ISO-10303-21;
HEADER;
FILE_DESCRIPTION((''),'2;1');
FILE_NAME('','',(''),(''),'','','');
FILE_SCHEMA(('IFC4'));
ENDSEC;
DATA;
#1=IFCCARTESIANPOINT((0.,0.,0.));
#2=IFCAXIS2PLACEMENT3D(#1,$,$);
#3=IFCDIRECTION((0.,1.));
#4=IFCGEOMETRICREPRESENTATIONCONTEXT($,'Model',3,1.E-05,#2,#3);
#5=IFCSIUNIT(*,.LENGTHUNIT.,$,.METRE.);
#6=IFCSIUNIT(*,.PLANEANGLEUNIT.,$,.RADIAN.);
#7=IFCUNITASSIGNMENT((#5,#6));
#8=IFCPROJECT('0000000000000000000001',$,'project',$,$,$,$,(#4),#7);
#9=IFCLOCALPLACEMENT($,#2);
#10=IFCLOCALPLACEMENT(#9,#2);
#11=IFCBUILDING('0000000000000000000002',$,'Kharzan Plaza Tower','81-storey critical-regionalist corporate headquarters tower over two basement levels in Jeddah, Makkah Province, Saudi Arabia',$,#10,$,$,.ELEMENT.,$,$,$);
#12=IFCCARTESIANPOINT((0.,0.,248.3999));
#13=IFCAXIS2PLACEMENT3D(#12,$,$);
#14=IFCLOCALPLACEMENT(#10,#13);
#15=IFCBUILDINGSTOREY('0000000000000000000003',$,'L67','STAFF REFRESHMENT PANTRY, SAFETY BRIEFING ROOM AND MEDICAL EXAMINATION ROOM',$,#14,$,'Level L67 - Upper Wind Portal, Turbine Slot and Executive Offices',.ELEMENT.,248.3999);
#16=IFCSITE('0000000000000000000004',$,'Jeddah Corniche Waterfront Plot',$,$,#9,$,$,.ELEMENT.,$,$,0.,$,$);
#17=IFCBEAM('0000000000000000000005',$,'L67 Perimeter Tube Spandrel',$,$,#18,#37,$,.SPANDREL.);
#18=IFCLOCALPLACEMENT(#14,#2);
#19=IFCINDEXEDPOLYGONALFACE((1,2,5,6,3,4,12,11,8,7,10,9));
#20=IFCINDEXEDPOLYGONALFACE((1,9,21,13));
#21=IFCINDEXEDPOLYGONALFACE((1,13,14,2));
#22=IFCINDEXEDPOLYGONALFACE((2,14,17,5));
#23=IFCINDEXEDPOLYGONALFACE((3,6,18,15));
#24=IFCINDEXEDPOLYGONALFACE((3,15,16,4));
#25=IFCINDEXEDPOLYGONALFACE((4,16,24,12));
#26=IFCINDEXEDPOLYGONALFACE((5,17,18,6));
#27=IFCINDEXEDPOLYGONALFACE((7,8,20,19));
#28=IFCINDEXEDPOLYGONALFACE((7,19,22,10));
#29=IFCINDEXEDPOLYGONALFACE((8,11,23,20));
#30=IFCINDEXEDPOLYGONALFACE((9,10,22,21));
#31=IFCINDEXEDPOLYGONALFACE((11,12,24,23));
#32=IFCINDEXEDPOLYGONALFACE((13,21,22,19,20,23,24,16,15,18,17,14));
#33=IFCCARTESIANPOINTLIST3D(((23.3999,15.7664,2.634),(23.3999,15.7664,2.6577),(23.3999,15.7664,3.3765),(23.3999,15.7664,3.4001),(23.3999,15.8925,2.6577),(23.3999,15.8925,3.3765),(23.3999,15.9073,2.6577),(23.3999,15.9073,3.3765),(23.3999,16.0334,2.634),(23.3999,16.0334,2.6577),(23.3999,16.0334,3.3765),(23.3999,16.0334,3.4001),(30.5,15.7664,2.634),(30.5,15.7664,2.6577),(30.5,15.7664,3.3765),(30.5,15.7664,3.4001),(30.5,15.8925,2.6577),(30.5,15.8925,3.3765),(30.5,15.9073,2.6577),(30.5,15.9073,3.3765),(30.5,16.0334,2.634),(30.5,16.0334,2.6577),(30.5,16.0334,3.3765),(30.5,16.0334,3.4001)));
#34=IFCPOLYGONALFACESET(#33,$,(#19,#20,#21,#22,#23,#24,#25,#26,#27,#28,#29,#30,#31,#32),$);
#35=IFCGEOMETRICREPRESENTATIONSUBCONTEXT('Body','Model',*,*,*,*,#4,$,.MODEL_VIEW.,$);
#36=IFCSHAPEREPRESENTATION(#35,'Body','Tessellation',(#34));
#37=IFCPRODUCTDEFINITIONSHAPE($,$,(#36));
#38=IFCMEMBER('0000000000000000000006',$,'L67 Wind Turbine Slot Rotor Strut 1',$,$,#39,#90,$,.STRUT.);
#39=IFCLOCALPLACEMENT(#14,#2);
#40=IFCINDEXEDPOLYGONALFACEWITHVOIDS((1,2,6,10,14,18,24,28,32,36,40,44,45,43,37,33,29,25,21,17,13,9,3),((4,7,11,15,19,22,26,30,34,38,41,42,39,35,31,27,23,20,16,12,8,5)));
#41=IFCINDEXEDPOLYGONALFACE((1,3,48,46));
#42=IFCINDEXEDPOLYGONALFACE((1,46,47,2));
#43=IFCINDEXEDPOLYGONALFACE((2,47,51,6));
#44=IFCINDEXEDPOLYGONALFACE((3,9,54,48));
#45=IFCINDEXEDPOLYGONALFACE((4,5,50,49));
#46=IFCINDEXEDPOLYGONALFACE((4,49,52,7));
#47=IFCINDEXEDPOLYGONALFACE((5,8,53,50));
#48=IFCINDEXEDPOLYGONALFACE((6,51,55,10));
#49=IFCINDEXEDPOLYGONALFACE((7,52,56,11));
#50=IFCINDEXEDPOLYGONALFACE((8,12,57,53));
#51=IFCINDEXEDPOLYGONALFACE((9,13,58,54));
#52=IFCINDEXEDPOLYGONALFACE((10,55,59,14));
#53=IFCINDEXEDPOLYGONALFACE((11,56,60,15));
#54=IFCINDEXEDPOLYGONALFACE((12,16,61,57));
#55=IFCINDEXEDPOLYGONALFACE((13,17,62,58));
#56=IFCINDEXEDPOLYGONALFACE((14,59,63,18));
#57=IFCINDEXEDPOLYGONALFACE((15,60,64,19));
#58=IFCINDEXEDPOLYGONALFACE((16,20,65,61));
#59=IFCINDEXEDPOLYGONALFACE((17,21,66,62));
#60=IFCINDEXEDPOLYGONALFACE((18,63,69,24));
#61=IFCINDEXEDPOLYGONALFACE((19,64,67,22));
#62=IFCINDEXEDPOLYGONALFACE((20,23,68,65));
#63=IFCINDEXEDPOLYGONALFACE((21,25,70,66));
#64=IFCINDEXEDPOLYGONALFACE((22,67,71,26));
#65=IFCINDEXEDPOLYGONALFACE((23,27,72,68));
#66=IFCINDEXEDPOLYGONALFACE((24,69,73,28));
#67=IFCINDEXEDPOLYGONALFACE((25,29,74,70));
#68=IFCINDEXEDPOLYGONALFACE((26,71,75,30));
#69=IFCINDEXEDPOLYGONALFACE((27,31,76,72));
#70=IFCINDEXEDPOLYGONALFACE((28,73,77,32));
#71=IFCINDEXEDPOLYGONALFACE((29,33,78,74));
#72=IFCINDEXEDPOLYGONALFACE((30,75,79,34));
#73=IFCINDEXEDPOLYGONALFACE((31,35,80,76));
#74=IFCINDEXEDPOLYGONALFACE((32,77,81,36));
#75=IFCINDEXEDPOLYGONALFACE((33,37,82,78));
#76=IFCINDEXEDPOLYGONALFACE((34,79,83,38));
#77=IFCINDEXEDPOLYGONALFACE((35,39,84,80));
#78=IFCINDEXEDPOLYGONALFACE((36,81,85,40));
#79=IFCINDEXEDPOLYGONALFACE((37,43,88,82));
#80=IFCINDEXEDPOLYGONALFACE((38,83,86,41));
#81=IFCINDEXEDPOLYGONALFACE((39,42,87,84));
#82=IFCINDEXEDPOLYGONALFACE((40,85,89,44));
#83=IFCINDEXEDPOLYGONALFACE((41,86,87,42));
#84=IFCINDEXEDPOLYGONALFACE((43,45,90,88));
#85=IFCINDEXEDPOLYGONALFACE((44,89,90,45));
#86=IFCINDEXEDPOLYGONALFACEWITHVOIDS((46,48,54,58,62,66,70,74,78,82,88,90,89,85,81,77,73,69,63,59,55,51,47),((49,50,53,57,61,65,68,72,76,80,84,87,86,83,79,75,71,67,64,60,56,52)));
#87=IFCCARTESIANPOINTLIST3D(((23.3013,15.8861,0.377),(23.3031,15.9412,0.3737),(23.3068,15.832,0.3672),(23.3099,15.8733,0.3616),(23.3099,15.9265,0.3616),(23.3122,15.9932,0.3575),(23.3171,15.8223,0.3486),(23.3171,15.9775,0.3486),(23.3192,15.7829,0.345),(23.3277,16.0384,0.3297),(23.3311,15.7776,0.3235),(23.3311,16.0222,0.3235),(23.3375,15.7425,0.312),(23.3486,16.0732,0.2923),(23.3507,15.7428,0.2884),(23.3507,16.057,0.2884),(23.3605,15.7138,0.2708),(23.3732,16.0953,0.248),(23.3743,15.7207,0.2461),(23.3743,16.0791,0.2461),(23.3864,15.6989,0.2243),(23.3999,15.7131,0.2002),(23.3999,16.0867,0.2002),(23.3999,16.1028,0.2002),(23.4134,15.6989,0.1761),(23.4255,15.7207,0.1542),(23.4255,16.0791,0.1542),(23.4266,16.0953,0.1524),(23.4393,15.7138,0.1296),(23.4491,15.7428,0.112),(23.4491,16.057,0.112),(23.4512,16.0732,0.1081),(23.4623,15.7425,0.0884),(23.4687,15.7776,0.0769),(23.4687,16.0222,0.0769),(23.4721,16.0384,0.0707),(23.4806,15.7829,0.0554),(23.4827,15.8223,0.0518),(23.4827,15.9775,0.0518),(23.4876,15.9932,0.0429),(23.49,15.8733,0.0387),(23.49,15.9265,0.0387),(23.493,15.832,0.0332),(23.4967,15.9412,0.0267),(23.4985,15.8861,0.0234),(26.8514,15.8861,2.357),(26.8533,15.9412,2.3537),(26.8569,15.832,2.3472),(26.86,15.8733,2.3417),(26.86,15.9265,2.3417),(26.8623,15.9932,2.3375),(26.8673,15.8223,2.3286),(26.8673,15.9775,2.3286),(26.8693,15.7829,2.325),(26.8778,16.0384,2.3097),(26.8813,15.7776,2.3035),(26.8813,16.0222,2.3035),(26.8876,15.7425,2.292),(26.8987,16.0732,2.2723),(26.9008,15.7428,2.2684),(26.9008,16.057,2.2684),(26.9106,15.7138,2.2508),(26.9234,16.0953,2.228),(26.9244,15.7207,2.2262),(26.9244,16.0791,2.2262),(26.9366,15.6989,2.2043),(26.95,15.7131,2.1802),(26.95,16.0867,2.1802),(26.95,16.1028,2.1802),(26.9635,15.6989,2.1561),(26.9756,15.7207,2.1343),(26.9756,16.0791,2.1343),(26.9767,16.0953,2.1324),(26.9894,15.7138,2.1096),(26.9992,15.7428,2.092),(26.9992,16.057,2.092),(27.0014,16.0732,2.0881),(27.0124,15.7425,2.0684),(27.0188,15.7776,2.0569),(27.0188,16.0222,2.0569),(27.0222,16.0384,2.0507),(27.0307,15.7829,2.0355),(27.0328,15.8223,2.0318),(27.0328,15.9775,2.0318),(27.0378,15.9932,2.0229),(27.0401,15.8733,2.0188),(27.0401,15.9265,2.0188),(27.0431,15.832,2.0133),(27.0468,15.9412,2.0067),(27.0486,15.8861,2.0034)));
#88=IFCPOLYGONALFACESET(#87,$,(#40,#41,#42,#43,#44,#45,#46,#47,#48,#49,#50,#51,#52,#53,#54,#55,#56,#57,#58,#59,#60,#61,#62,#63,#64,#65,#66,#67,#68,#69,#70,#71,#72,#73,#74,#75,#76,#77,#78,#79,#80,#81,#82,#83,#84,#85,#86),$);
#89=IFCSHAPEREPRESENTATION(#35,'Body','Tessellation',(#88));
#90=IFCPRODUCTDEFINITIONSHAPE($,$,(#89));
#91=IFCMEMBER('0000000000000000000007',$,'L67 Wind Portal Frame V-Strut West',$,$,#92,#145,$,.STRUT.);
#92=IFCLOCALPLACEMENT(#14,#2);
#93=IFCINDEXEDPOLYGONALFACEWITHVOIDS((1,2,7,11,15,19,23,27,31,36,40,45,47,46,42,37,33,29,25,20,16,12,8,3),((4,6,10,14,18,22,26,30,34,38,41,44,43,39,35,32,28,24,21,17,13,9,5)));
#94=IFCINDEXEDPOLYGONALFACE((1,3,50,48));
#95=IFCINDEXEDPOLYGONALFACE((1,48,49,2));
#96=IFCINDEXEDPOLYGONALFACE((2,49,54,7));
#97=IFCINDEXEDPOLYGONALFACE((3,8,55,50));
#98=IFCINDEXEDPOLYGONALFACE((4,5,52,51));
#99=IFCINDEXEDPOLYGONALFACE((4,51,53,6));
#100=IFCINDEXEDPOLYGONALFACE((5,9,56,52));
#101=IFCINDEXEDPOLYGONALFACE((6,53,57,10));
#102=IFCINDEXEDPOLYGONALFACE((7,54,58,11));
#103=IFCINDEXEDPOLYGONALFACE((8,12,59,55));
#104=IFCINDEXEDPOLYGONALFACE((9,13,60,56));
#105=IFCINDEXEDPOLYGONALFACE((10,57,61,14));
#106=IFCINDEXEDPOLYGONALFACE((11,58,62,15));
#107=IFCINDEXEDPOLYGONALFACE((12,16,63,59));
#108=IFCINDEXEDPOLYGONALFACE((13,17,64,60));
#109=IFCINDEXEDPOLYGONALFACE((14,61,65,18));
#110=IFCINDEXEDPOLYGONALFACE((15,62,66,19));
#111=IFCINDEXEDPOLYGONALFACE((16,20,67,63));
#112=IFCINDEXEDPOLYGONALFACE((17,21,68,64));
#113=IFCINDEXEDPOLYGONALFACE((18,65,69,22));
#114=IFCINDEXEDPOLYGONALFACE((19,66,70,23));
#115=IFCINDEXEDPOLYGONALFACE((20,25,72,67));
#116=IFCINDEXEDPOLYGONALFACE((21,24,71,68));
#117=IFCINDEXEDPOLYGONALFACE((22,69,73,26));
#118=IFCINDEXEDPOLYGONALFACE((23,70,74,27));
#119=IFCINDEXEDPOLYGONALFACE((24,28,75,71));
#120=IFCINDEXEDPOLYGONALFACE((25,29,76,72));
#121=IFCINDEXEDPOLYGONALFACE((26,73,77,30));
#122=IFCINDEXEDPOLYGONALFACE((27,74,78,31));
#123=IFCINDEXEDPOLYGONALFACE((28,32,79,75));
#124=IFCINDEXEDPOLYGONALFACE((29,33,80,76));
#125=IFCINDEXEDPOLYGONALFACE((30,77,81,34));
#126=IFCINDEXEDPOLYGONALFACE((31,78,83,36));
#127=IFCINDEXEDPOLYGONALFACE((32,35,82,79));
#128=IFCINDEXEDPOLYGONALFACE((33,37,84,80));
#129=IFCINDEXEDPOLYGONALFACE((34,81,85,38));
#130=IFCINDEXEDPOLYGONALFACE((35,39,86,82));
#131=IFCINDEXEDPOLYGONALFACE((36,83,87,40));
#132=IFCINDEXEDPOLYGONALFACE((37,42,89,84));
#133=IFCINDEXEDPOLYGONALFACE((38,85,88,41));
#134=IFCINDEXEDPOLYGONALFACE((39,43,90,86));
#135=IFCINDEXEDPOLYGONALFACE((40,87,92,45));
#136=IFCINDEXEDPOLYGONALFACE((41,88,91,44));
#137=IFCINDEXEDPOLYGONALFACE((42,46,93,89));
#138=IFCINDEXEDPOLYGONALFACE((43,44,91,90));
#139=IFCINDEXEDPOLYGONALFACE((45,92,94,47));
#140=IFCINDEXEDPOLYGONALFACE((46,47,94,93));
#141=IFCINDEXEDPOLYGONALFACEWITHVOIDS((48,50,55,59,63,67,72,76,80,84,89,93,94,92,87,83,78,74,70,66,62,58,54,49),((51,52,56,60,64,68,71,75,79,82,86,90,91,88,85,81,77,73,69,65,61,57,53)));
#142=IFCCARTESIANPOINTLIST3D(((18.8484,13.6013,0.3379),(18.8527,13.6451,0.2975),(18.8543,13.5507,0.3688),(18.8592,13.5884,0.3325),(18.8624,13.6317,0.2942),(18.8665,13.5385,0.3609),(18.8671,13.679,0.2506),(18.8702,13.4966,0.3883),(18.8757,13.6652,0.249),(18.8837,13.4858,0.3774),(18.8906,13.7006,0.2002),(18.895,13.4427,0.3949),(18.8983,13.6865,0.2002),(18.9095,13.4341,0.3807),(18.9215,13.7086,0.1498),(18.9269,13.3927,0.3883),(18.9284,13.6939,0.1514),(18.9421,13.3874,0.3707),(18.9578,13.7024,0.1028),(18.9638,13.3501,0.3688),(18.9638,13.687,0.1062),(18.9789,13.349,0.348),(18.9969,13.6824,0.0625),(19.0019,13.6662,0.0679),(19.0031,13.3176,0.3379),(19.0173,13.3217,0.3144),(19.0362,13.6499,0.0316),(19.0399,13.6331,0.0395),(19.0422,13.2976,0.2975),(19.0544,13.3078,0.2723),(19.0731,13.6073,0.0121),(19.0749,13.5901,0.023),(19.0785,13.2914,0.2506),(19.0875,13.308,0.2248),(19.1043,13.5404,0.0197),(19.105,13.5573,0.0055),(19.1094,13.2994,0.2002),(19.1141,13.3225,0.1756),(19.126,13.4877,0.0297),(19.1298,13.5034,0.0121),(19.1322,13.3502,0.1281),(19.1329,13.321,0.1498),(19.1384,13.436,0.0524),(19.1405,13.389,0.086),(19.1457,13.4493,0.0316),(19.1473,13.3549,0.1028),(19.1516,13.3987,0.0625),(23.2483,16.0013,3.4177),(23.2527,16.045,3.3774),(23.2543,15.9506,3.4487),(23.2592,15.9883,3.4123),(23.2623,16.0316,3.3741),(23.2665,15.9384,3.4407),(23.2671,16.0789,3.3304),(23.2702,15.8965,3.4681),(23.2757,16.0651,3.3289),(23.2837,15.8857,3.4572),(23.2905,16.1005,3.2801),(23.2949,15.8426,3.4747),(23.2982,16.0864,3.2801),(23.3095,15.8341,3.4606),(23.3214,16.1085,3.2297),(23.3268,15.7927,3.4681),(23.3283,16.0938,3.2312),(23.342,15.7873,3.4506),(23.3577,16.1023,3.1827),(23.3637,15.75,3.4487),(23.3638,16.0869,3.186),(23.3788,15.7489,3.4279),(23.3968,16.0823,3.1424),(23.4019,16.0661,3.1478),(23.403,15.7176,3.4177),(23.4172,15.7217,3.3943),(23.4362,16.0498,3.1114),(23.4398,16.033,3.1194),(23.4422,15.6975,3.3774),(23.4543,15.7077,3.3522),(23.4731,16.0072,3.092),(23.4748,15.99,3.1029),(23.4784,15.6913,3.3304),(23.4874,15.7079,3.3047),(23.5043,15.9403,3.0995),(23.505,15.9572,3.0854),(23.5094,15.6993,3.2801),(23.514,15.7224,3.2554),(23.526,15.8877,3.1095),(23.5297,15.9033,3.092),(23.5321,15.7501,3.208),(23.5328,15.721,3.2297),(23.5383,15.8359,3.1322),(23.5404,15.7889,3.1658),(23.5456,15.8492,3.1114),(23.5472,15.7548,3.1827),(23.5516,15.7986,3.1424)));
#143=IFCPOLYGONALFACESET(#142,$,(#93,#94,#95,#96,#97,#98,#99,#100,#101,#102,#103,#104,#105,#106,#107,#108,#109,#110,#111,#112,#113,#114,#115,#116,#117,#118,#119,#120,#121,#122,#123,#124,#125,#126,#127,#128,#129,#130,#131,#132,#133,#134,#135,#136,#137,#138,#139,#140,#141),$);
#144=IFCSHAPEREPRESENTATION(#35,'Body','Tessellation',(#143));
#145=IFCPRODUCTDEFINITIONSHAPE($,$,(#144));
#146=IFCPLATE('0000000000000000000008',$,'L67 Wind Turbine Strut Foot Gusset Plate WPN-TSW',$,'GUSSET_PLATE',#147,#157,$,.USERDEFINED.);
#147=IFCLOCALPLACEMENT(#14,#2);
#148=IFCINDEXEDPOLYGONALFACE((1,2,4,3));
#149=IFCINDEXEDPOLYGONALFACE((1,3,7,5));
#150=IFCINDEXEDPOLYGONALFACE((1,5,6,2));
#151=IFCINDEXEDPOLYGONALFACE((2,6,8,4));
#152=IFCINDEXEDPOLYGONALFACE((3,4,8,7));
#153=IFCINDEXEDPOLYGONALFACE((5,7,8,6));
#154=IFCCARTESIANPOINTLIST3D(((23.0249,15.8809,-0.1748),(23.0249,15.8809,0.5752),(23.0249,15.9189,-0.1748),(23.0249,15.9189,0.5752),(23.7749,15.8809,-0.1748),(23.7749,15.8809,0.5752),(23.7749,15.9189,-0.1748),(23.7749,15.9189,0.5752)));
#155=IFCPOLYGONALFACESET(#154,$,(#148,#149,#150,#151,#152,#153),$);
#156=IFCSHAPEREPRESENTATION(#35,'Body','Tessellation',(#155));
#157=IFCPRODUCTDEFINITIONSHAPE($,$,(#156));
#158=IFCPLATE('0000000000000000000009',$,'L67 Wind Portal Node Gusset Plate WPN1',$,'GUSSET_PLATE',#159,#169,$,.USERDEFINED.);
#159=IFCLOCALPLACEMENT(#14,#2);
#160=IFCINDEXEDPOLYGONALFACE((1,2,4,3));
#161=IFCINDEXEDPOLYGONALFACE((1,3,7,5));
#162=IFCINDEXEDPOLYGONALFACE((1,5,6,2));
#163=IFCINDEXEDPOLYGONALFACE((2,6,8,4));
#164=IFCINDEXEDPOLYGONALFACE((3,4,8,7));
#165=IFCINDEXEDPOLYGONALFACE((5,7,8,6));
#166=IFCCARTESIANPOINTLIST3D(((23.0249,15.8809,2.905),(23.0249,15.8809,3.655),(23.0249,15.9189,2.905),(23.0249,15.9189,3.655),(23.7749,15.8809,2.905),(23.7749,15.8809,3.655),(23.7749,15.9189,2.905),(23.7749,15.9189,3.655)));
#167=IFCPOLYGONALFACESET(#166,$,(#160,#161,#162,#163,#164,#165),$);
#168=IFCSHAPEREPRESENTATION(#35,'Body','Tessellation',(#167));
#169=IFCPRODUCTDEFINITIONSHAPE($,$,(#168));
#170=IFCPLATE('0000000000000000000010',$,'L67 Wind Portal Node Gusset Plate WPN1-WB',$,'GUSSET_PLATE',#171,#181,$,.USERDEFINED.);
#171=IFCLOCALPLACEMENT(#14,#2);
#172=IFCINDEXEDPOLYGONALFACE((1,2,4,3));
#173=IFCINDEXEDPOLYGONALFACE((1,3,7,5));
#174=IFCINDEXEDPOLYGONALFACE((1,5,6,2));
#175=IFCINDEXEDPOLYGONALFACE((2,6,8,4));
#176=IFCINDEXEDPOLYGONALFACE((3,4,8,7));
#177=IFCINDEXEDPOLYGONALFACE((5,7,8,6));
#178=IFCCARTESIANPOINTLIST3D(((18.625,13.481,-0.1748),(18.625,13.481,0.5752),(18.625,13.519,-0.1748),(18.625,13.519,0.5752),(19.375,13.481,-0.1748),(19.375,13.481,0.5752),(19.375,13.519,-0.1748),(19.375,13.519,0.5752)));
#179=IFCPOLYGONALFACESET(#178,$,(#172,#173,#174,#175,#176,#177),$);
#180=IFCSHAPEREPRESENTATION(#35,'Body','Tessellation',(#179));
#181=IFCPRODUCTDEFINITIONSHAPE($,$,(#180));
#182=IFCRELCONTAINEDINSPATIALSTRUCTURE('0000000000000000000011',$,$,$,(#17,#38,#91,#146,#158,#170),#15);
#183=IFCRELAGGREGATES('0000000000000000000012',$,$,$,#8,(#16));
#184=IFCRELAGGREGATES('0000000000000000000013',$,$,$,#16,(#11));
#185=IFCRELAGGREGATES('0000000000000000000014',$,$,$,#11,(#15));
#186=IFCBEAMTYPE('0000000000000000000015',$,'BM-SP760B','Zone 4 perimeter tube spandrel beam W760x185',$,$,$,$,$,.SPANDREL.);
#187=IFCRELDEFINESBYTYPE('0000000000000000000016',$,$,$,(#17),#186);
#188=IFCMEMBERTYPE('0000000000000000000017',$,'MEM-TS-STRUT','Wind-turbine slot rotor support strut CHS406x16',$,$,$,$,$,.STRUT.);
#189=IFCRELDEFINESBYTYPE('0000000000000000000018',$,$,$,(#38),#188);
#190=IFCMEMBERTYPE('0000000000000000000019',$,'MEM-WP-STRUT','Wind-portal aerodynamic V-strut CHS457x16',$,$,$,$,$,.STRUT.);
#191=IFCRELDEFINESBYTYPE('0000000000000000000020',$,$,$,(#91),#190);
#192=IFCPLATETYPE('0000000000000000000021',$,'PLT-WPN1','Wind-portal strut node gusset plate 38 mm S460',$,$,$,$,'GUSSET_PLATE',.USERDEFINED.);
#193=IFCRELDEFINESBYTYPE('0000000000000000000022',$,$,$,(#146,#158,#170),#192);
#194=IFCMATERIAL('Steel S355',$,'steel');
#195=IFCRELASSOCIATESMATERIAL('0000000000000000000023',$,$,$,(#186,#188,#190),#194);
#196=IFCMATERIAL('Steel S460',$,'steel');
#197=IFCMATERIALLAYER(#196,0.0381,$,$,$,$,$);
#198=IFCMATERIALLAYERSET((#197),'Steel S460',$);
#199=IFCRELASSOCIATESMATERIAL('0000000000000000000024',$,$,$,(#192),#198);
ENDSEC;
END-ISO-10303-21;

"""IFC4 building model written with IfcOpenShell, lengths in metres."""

from ifc_helpers import new_model, si_unit, direction, frame, origin, origin_2d, place, context, subcontext, project, spatial, rectangle, hollow_circle, i_section, extrude, source, transform, mapped, material, layer, layer_set, material_profile, profile_set, type_object, element, save


model = new_model("IFC4")

# Units and contexts
model_context = context("Model", 3, precision=1e-05, world=origin(), true_north=direction((0.0, 1.0)))
body_context = subcontext(model_context, "Body", "Model", "MODEL_VIEW")
ifc_project = project(units=[si_unit("LENGTHUNIT", "METRE"), si_unit("PLANEANGLEUNIT", "RADIAN")], contexts=[model_context])

# Site, building, storey
site_placement = place(None, origin())
site = spatial("IfcSite", under=ifc_project, at=site_placement, Name="Jeddah Corniche Waterfront Plot", CompositionType="ELEMENT", RefElevation=0.0)
building_placement = place(site_placement, origin())
building = spatial("IfcBuilding", under=site, at=building_placement, Name="Kharzan Plaza Tower", Description="81-storey critical-regionalist corporate headquarters tower over two basement levels in Jeddah, Makkah Province, Saudi Arabia", CompositionType="ELEMENT")
storey_placement = place(building_placement, frame((0.0, 0.0, 248.3999)))
storey = spatial("IfcBuildingStorey", under=building, at=storey_placement, Name="L67", Description="STAFF REFRESHMENT PANTRY, SAFETY BRIEFING ROOM AND MEDICAL EXAMINATION ROOM", LongName="Level L67 - Upper Wind Portal, Turbine Slot and Executive Offices", CompositionType="ELEMENT", Elevation=248.3999)

# Shared definitions
ifc_material_1 = material(Name="Steel S355", Category="steel")

# Beam
ifc_material_profile_1 = material_profile(ifc_material_1, i_section(OverallWidth=0.2671, OverallDepth=0.7661, WebThickness=0.0149, FlangeThickness=0.0237, at=origin_2d()), Name="W760x185")
ifc_profile_set_1 = profile_set([ifc_material_profile_1], Name="Steel S355")
beam_type_1 = type_object("IfcBeamType", Name="BM-SP760B", Description="Zone 4 perimeter tube spandrel beam W760x185", PredefinedType="SPANDREL", material=ifc_profile_set_1)
shared_shape_1 = source(origin(), body_context, "Body", "SweptSolid", [
    extrude(i_section(OverallWidth=0.2671, OverallDepth=0.7661, WebThickness=0.0149, FlangeThickness=0.0237, at=origin_2d()), origin(), (0.0, 0.0, 1.0), 7.1001),
])
beam_1_placement = place(storey_placement, frame((23.3999, 15.8999, 3.0171), z_axis=(1.0, 0.0, 0.0), x_axis=(0.0, 1.0, 0.0)))
element("IfcBeam", 1, at=beam_1_placement, inside=storey, type_object=beam_type_1, Name="L67 Perimeter Tube Spandrel", PredefinedType="SPANDREL", context=body_context, shape_type="MappedRepresentation", body=[
    mapped(shared_shape_1, transform((0.0, 0.0, 0.0), x_axis=(1.0, 0.0, 0.0), y_axis=(0.0, 1.0, 0.0), z_axis=(0.0, 0.0, 1.0))),
])

# Members
ifc_material_profile_2 = material_profile(ifc_material_1, hollow_circle(Radius=0.2029, WallThickness=0.0161, at=origin_2d()), Name="CHS406x16")
ifc_profile_set_2 = profile_set([ifc_material_profile_2], Name="Steel S355")
member_type_1 = type_object("IfcMemberType", Name="MEM-TS-STRUT", Description="Wind-turbine slot rotor support strut CHS406x16", PredefinedType="STRUT", material=ifc_profile_set_2)
shared_shape_2 = source(origin(), body_context, "Body", "SweptSolid", [
    extrude(hollow_circle(Radius=0.2029, WallThickness=0.0161, at=origin_2d()), origin(), (0.0, 0.0, 1.0), 4.0649),
])
member_1_placement = place(storey_placement, frame((23.3999, 15.8999, 0.2002), z_axis=(0.873349, 0.0, 0.487096), x_axis=(0.0, 1.0, 0.0)))
element("IfcMember", 2, at=member_1_placement, inside=storey, type_object=member_type_1, Name="L67 Wind Turbine Slot Rotor Strut 1", PredefinedType="STRUT", context=body_context, shape_type="MappedRepresentation", body=[
    mapped(shared_shape_2, transform((0.0, 0.0, 0.0), x_axis=(1.0, 0.0, 0.0), y_axis=(0.0, 1.0, 0.0), z_axis=(0.0, 0.0, 1.0))),
])
ifc_material_profile_3 = material_profile(ifc_material_1, hollow_circle(Radius=0.2285, WallThickness=0.0161, at=origin_2d()), Name="CHS457x16")
ifc_profile_set_3 = profile_set([ifc_material_profile_3], Name="Steel S355")
member_type_2 = type_object("IfcMemberType", Name="MEM-WP-STRUT", Description="Wind-portal aerodynamic V-strut CHS457x16", PredefinedType="STRUT", material=ifc_profile_set_3)
shared_shape_3 = source(origin(), body_context, "Body", "SweptSolid", [
    extrude(hollow_circle(Radius=0.2285, WallThickness=0.0161, at=origin_2d()), origin(), (0.0, 0.0, 1.0), 5.8826),
])
member_2_placement = place(storey_placement, frame((19.0, 13.5, 0.2002), z_axis=(0.747962, 0.407972, 0.523557), x_axis=(-0.478845, 0.877899, 0.0)))
element("IfcMember", 3, at=member_2_placement, inside=storey, type_object=member_type_2, Name="L67 Wind Portal Frame V-Strut West", PredefinedType="STRUT", context=body_context, shape_type="MappedRepresentation", body=[
    mapped(shared_shape_3, transform((0.0, 0.0, 0.0), x_axis=(1.0, 0.0, 0.0), y_axis=(0.0, 1.0, 0.0), z_axis=(0.0, 0.0, 1.0))),
])

# Plates
ifc_material_2 = material(Name="Steel S460", Category="steel")
ifc_layer_1 = layer(ifc_material_2, 0.0381)
ifc_layer_set_1 = layer_set([ifc_layer_1], Name="Steel S460")
plate_type = type_object("IfcPlateType", Name="PLT-WPN1", Description="Wind-portal strut node gusset plate 38 mm S460", ElementType="GUSSET_PLATE", PredefinedType="USERDEFINED", material=ifc_layer_set_1)
shared_shape_4 = source(origin(), body_context, "Body", "SweptSolid", [
    extrude(rectangle(XDim=0.75, YDim=0.0381, at=origin_2d()), origin(), (0.0, 0.0, 1.0), 0.75),
])
for number, where, z_axis, x_axis, name in (
    (4, (23.3999, 15.8999, -0.1748), (0.0, 0.0, 1.0), (1.0, 0.0, 0.0), "L67 Wind Turbine Strut Foot Gusset Plate WPN-TSW"),
    (5, (23.3999, 15.8999, 2.905), (0.0, 0.0, 1.0), (1.0, 0.0, 0.0), "L67 Wind Portal Node Gusset Plate WPN1"),
    (6, (19.0, 13.5, -0.1748), (0.0, 0.0, 1.0), (1.0, 0.0, 0.0), "L67 Wind Portal Node Gusset Plate WPN1-WB"),
):
    element("IfcPlate", number, at=place(storey_placement, frame(where, z_axis=z_axis, x_axis=x_axis)), inside=storey, type_object=plate_type, Name=name, ObjectType="GUSSET_PLATE", PredefinedType="USERDEFINED", context=body_context, shape_type="MappedRepresentation", body=[
        mapped(shared_shape_4, transform((0.0, 0.0, 0.0), x_axis=(1.0, 0.0, 0.0), y_axis=(0.0, 1.0, 0.0), z_axis=(0.0, 0.0, 1.0))),
    ])

save(model, "model.ifc")
